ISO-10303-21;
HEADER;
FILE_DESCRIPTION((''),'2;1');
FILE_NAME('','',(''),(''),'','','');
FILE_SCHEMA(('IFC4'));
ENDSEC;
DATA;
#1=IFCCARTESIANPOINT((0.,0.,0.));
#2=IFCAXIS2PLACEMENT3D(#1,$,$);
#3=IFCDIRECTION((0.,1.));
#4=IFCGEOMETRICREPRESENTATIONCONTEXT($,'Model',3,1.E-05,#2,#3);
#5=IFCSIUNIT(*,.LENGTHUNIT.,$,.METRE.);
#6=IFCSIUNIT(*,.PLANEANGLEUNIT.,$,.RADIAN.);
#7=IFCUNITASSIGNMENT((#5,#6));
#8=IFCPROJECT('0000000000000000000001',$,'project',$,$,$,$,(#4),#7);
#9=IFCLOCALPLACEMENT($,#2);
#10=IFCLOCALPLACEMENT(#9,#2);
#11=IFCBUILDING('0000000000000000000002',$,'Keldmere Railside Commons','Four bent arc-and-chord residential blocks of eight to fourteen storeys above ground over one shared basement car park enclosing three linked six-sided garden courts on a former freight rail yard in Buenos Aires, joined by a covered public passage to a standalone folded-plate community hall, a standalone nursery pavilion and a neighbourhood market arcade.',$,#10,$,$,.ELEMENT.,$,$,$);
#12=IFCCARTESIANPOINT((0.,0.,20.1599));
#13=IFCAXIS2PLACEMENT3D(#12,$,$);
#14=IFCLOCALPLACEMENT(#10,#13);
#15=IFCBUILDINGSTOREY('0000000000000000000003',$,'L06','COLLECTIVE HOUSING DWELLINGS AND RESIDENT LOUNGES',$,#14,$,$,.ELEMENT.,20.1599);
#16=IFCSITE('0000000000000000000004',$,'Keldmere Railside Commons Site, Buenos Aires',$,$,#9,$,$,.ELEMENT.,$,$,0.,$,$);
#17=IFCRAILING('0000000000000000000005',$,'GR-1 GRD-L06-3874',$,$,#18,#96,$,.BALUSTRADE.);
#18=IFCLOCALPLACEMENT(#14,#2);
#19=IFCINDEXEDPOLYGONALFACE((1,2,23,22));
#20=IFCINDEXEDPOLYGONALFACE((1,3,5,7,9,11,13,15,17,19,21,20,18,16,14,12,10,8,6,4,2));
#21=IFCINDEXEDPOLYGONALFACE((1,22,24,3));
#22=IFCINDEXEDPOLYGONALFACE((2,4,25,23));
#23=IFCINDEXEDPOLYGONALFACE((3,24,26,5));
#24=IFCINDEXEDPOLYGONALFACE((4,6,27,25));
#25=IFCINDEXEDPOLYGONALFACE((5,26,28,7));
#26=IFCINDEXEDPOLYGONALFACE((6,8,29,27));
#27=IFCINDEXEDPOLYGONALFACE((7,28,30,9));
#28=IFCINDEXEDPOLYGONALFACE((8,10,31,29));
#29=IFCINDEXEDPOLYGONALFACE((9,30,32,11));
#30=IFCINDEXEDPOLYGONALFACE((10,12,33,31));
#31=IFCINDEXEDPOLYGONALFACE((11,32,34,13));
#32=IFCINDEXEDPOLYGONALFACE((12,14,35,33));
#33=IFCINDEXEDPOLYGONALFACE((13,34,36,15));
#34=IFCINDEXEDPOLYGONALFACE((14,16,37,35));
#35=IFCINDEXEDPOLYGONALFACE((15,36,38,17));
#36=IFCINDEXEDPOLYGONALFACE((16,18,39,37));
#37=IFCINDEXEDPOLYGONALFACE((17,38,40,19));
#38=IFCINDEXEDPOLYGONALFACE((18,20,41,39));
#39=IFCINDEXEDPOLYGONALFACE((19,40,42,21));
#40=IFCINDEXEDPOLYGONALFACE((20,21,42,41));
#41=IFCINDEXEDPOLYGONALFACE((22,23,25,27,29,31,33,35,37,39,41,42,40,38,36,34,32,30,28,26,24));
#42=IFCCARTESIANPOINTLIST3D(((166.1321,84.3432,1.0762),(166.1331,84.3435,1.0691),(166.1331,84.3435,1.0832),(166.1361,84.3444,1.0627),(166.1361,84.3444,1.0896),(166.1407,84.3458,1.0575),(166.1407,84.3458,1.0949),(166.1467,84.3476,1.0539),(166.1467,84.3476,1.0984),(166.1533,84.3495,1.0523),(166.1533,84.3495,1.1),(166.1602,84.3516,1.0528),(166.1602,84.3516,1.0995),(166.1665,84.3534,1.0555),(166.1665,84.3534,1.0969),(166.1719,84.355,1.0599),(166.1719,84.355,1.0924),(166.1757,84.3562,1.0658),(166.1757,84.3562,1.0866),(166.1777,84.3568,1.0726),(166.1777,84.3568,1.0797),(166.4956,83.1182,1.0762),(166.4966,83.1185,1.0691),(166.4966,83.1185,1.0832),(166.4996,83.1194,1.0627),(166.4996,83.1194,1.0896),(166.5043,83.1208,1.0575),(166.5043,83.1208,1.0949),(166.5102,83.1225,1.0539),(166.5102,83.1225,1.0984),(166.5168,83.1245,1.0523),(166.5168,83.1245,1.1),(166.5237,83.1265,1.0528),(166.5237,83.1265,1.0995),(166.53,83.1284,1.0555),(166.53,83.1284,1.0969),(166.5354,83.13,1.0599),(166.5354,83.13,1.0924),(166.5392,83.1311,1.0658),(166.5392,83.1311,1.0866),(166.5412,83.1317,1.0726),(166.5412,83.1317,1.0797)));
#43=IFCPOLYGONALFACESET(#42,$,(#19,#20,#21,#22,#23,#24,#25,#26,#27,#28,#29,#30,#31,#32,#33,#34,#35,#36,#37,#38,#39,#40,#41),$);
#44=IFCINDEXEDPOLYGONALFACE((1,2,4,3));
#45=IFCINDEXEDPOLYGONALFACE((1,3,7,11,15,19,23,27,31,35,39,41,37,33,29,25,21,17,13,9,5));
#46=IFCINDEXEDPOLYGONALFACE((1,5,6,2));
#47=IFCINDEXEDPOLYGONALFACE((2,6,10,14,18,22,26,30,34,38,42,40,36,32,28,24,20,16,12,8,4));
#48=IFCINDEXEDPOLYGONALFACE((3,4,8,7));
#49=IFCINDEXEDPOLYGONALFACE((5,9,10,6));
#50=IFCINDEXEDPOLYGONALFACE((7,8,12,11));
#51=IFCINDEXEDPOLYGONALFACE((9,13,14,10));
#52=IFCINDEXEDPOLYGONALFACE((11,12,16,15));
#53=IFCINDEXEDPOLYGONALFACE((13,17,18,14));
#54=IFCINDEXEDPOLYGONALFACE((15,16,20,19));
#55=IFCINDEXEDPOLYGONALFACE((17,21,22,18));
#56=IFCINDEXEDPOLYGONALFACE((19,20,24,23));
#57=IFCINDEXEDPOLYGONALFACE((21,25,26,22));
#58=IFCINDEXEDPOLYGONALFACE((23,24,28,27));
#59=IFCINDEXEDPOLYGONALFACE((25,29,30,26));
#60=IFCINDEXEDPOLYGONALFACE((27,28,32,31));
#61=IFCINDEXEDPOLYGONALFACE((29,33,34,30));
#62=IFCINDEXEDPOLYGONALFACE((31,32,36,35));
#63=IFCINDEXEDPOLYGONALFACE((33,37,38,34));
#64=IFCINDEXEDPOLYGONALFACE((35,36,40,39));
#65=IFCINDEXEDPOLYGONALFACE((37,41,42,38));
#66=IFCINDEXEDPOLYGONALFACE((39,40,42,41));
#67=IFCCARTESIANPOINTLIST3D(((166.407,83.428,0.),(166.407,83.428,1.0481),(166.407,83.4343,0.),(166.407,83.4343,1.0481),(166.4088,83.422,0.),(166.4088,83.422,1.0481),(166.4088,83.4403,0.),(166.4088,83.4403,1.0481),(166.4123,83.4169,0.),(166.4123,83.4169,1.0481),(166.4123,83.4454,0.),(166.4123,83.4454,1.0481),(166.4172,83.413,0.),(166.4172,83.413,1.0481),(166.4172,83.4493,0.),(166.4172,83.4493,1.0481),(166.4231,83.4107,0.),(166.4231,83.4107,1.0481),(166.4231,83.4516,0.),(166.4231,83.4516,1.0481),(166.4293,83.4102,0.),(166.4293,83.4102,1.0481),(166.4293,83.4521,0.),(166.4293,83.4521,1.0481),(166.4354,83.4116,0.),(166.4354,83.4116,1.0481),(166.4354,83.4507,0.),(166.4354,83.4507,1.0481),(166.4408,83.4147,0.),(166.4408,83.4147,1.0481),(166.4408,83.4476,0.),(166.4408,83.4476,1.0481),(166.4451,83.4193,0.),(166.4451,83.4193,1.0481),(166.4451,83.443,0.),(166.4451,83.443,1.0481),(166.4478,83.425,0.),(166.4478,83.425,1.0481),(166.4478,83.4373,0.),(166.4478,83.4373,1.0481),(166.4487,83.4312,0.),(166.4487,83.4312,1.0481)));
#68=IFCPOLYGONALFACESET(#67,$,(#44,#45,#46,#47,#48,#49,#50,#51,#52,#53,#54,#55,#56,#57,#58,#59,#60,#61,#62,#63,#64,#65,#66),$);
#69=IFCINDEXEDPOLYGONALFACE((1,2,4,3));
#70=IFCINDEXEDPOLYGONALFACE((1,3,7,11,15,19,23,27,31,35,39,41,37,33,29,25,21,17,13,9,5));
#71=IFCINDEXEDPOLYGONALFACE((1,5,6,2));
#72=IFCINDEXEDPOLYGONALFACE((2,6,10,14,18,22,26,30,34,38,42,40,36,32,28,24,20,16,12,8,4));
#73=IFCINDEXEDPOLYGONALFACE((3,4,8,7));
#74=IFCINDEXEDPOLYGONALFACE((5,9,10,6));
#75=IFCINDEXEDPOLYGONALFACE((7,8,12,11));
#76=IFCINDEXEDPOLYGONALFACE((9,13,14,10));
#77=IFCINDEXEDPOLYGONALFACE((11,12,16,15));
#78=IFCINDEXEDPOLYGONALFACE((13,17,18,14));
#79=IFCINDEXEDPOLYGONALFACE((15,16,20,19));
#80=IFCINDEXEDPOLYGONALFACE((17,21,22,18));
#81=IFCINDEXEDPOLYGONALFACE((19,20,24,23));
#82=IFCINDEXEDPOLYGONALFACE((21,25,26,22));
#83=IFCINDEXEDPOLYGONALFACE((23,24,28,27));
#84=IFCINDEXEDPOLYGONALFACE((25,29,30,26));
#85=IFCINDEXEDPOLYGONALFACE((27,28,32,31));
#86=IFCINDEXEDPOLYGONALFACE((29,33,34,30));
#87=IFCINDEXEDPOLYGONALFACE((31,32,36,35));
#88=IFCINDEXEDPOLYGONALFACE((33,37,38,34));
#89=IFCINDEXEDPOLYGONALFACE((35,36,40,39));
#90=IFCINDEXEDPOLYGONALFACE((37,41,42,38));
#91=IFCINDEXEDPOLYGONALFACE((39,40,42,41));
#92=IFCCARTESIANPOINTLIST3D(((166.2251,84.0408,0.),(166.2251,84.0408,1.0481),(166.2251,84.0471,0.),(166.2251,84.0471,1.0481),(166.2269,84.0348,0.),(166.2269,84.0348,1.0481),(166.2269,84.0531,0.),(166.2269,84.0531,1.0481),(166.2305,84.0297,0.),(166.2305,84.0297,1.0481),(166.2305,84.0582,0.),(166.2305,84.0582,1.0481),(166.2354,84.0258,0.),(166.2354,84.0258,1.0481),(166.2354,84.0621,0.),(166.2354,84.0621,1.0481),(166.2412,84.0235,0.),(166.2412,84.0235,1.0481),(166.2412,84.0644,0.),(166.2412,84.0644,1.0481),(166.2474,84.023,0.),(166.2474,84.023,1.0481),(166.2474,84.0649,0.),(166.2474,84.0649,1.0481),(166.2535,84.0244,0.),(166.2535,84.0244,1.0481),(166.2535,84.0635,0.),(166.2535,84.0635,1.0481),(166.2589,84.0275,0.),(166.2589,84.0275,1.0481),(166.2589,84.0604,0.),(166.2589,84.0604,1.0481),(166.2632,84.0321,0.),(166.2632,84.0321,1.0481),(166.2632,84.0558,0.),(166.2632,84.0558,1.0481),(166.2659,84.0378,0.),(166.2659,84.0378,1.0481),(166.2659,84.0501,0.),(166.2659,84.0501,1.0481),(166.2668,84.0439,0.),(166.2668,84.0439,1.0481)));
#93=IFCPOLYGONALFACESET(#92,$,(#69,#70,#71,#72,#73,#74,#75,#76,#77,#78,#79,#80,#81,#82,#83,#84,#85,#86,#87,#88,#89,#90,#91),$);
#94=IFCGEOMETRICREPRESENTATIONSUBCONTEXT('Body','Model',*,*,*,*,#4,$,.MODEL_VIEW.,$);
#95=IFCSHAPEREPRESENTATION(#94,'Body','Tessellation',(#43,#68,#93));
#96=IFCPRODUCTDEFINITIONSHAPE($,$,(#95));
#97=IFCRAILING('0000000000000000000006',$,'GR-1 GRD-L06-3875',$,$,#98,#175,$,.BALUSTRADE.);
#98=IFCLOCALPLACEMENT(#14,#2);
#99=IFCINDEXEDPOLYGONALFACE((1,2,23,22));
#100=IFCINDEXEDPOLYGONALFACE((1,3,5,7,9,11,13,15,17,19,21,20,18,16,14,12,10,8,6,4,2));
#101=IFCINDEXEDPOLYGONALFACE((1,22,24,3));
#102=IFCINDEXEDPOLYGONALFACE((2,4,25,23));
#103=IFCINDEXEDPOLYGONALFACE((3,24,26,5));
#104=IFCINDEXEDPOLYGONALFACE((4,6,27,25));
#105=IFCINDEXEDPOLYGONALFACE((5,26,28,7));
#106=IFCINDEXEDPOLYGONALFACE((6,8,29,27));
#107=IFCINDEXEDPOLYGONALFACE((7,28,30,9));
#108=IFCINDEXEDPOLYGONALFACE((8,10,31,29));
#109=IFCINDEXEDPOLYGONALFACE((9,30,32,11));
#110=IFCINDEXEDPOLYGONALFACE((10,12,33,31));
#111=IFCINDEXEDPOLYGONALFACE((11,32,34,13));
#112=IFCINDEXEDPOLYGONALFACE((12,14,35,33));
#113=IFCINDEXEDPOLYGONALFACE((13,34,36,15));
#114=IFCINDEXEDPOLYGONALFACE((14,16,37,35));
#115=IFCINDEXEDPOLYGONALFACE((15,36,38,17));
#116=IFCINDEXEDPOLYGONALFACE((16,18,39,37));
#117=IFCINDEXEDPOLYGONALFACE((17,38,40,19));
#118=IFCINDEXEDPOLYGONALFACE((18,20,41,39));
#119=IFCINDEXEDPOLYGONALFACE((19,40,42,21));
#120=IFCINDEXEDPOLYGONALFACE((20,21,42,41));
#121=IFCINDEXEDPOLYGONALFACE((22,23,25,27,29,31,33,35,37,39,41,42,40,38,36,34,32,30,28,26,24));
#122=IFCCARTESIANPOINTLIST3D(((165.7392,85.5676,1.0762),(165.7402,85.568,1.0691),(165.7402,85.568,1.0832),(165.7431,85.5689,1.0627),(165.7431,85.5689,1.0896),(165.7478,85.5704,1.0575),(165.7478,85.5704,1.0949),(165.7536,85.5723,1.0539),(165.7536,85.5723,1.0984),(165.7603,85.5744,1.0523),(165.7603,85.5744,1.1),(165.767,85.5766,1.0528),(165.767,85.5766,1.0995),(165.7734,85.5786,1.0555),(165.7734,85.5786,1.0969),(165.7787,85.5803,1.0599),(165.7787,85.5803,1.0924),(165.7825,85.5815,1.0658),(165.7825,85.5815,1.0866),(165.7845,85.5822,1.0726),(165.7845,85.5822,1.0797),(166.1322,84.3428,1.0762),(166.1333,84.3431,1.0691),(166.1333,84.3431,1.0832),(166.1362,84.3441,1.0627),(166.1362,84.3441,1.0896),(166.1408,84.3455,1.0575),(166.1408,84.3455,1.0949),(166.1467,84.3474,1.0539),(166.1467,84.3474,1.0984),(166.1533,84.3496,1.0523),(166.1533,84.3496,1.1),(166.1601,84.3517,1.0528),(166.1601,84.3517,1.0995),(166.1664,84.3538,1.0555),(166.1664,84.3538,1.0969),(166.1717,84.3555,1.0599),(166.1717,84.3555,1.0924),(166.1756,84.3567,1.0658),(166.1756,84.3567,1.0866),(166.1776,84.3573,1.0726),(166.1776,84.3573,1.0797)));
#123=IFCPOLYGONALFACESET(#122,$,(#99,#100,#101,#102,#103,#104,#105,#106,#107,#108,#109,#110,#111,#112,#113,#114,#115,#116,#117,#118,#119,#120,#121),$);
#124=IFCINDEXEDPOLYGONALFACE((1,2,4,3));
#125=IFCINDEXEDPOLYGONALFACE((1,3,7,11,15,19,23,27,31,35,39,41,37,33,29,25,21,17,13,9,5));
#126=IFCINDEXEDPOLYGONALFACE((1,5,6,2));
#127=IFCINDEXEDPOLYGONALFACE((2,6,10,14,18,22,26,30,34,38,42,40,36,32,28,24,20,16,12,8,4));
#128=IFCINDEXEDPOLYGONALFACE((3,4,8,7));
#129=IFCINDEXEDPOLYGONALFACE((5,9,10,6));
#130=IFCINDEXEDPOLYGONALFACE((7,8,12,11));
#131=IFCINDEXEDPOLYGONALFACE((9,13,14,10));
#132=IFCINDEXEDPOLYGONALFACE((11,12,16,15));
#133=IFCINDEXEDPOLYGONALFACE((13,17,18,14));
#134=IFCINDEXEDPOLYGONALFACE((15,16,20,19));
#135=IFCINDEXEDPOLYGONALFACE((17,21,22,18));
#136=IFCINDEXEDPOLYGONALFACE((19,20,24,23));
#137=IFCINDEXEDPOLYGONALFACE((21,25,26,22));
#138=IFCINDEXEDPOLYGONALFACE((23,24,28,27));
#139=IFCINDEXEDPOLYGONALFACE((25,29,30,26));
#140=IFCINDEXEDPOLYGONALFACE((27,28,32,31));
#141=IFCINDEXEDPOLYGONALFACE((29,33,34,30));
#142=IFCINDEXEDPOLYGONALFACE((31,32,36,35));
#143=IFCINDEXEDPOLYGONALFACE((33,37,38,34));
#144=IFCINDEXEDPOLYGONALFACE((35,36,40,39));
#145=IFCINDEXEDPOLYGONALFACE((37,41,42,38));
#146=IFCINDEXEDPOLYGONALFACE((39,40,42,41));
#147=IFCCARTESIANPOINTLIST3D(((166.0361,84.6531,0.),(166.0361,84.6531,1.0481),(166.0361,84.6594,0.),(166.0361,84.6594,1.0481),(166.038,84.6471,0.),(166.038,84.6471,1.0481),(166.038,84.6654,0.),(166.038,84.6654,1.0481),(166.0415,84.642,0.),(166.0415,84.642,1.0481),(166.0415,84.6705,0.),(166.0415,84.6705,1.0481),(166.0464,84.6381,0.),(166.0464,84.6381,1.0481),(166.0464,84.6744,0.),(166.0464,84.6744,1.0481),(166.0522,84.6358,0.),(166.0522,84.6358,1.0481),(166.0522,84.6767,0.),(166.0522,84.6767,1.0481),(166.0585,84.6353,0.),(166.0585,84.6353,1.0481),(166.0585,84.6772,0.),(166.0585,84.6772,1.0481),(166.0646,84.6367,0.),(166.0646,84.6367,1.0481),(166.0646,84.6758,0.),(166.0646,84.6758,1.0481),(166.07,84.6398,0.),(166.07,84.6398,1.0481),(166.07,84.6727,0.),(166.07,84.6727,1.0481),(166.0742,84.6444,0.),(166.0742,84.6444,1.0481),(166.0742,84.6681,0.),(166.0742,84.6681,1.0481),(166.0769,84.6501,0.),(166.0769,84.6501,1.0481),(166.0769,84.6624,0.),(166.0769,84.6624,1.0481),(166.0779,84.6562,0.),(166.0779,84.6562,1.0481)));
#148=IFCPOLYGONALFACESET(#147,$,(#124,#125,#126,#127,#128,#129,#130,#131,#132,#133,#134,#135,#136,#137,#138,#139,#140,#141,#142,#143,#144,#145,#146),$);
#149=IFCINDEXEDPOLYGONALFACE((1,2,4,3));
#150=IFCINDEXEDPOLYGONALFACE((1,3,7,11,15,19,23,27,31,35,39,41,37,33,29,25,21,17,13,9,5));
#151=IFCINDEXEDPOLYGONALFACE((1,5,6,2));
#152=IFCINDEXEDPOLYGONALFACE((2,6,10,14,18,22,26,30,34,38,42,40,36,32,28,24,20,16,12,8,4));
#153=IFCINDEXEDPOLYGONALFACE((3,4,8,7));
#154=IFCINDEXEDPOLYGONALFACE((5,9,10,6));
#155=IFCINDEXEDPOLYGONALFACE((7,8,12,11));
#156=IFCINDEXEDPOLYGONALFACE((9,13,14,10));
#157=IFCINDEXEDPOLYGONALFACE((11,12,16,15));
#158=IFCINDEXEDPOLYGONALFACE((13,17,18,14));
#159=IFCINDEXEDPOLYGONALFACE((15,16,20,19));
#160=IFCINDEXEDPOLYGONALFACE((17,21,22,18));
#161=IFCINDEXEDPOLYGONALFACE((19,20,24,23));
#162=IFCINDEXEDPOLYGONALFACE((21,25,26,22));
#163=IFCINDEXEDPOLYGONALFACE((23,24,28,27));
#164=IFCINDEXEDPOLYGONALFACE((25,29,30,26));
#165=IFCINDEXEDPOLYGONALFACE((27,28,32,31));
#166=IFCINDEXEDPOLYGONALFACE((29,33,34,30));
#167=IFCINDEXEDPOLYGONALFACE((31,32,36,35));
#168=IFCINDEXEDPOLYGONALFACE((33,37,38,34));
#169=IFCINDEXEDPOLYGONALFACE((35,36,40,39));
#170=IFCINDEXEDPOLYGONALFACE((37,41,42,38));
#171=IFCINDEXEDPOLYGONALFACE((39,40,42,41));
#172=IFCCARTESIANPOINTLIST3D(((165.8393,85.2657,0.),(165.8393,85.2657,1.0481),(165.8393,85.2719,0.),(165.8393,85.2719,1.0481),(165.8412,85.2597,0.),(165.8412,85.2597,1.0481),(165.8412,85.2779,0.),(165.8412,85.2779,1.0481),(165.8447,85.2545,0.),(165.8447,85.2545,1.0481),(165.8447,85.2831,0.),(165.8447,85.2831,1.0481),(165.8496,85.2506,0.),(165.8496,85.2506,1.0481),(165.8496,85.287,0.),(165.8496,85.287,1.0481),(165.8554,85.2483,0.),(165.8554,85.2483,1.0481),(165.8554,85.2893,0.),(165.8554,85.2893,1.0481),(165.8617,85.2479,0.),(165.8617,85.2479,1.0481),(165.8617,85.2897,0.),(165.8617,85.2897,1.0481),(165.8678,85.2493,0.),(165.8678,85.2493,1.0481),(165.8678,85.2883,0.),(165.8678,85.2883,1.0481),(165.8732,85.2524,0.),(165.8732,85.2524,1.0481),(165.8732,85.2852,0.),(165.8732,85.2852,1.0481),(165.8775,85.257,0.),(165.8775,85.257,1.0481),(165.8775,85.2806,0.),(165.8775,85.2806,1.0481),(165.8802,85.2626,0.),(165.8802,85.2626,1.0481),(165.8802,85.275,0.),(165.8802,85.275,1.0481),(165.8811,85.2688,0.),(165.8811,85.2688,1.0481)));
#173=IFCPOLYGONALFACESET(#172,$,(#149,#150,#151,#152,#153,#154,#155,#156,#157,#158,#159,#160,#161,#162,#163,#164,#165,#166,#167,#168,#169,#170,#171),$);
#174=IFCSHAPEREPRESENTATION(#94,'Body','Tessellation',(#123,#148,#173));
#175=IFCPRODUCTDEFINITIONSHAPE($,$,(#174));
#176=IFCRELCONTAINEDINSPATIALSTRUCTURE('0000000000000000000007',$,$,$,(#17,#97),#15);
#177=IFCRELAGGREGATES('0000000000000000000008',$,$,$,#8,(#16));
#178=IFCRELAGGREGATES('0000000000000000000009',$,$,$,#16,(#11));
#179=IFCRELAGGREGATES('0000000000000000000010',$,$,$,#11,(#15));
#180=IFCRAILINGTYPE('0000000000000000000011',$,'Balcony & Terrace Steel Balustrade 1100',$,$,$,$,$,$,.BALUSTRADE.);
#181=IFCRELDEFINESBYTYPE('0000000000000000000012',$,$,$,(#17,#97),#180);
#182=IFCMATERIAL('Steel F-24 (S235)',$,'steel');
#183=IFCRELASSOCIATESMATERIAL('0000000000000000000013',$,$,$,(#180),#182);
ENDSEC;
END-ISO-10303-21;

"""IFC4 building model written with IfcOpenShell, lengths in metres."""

from ifc_helpers import new_model, si_unit, direction, frame, origin, origin_2d, place, context, subcontext, project, spatial, circle, extrude, material, type_object, element, save


model = new_model("IFC4")

# Units and contexts
model_context = context("Model", 3, precision=1e-05, world=origin(), true_north=direction((0.0, 1.0)))
body_context = subcontext(model_context, "Body", "Model", "MODEL_VIEW")
ifc_project = project(units=[si_unit("LENGTHUNIT", "METRE"), si_unit("PLANEANGLEUNIT", "RADIAN")], contexts=[model_context])

# Site, building, storey
site_placement = place(None, origin())
site = spatial("IfcSite", under=ifc_project, at=site_placement, Name="Keldmere Railside Commons Site, Buenos Aires", CompositionType="ELEMENT", RefElevation=0.0)
building_placement = place(site_placement, origin())
building = spatial("IfcBuilding", under=site, at=building_placement, Name="Keldmere Railside Commons", Description="Four bent arc-and-chord residential blocks of eight to fourteen storeys above ground over one shared basement car park enclosing three linked six-sided garden courts on a former freight rail yard in Buenos Aires, joined by a covered public passage to a standalone folded-plate community hall, a standalone nursery pavilion and a neighbourhood market arcade.", CompositionType="ELEMENT")
storey_placement = place(building_placement, frame((0.0, 0.0, 20.1599)))
storey = spatial("IfcBuildingStorey", under=building, at=storey_placement, Name="L06", Description="COLLECTIVE HOUSING DWELLINGS AND RESIDENT LOUNGES", CompositionType="ELEMENT", Elevation=20.1599)

# Railings
ifc_material_1 = material(Name="Steel F-24 (S235)", Category="steel")
railing_type = type_object("IfcRailingType", Name="Balcony & Terrace Steel Balustrade 1100", PredefinedType="BALUSTRADE", material=ifc_material_1)
railing_1_placement = place(storey_placement, frame((166.5186, 83.125, 0.0)))
element("IfcRailing", 1, at=railing_1_placement, inside=storey, type_object=railing_type, Name="GR-1 GRD-L06-3874", PredefinedType="BALUSTRADE", context=body_context, shape_type="SweptSolid", body=[
    extrude(circle(Radius=0.0239, at=origin_2d()), frame((0.0, 0.0, 1.0762), z_axis=(-0.284472, 0.958684, 0.0), x_axis=(-0.958684, -0.284472, 0.0)), (0.0, 0.0, 1.0), 1.2778),
    extrude(circle(Radius=0.021, at=origin_2d()), frame((-0.0908, 0.3062, 0.0)), (0.0, 0.0, 1.0), 1.0481),
    extrude(circle(Radius=0.021, at=origin_2d()), frame((-0.2727, 0.9189, 0.0)), (0.0, 0.0, 1.0), 1.0481),
])
railing_2_placement = place(storey_placement, frame((166.155, 84.3501, 0.0)))
element("IfcRailing", 2, at=railing_2_placement, inside=storey, type_object=railing_type, Name="GR-1 GRD-L06-3875", PredefinedType="BALUSTRADE", context=body_context, shape_type="SweptSolid", body=[
    extrude(circle(Radius=0.0239, at=origin_2d()), frame((0.0, 0.0, 1.0762), z_axis=(-0.305561, 0.952173, 0.0), x_axis=(-0.952173, -0.305561, 0.0)), (0.0, 0.0, 1.0), 1.2864),
    extrude(circle(Radius=0.021, at=origin_2d()), frame((-0.0981, 0.3062, 0.0)), (0.0, 0.0, 1.0), 1.0481),
    extrude(circle(Radius=0.021, at=origin_2d()), frame((-0.2949, 0.9187, 0.0)), (0.0, 0.0, 1.0), 1.0481),
])

save(model, "model.ifc")
